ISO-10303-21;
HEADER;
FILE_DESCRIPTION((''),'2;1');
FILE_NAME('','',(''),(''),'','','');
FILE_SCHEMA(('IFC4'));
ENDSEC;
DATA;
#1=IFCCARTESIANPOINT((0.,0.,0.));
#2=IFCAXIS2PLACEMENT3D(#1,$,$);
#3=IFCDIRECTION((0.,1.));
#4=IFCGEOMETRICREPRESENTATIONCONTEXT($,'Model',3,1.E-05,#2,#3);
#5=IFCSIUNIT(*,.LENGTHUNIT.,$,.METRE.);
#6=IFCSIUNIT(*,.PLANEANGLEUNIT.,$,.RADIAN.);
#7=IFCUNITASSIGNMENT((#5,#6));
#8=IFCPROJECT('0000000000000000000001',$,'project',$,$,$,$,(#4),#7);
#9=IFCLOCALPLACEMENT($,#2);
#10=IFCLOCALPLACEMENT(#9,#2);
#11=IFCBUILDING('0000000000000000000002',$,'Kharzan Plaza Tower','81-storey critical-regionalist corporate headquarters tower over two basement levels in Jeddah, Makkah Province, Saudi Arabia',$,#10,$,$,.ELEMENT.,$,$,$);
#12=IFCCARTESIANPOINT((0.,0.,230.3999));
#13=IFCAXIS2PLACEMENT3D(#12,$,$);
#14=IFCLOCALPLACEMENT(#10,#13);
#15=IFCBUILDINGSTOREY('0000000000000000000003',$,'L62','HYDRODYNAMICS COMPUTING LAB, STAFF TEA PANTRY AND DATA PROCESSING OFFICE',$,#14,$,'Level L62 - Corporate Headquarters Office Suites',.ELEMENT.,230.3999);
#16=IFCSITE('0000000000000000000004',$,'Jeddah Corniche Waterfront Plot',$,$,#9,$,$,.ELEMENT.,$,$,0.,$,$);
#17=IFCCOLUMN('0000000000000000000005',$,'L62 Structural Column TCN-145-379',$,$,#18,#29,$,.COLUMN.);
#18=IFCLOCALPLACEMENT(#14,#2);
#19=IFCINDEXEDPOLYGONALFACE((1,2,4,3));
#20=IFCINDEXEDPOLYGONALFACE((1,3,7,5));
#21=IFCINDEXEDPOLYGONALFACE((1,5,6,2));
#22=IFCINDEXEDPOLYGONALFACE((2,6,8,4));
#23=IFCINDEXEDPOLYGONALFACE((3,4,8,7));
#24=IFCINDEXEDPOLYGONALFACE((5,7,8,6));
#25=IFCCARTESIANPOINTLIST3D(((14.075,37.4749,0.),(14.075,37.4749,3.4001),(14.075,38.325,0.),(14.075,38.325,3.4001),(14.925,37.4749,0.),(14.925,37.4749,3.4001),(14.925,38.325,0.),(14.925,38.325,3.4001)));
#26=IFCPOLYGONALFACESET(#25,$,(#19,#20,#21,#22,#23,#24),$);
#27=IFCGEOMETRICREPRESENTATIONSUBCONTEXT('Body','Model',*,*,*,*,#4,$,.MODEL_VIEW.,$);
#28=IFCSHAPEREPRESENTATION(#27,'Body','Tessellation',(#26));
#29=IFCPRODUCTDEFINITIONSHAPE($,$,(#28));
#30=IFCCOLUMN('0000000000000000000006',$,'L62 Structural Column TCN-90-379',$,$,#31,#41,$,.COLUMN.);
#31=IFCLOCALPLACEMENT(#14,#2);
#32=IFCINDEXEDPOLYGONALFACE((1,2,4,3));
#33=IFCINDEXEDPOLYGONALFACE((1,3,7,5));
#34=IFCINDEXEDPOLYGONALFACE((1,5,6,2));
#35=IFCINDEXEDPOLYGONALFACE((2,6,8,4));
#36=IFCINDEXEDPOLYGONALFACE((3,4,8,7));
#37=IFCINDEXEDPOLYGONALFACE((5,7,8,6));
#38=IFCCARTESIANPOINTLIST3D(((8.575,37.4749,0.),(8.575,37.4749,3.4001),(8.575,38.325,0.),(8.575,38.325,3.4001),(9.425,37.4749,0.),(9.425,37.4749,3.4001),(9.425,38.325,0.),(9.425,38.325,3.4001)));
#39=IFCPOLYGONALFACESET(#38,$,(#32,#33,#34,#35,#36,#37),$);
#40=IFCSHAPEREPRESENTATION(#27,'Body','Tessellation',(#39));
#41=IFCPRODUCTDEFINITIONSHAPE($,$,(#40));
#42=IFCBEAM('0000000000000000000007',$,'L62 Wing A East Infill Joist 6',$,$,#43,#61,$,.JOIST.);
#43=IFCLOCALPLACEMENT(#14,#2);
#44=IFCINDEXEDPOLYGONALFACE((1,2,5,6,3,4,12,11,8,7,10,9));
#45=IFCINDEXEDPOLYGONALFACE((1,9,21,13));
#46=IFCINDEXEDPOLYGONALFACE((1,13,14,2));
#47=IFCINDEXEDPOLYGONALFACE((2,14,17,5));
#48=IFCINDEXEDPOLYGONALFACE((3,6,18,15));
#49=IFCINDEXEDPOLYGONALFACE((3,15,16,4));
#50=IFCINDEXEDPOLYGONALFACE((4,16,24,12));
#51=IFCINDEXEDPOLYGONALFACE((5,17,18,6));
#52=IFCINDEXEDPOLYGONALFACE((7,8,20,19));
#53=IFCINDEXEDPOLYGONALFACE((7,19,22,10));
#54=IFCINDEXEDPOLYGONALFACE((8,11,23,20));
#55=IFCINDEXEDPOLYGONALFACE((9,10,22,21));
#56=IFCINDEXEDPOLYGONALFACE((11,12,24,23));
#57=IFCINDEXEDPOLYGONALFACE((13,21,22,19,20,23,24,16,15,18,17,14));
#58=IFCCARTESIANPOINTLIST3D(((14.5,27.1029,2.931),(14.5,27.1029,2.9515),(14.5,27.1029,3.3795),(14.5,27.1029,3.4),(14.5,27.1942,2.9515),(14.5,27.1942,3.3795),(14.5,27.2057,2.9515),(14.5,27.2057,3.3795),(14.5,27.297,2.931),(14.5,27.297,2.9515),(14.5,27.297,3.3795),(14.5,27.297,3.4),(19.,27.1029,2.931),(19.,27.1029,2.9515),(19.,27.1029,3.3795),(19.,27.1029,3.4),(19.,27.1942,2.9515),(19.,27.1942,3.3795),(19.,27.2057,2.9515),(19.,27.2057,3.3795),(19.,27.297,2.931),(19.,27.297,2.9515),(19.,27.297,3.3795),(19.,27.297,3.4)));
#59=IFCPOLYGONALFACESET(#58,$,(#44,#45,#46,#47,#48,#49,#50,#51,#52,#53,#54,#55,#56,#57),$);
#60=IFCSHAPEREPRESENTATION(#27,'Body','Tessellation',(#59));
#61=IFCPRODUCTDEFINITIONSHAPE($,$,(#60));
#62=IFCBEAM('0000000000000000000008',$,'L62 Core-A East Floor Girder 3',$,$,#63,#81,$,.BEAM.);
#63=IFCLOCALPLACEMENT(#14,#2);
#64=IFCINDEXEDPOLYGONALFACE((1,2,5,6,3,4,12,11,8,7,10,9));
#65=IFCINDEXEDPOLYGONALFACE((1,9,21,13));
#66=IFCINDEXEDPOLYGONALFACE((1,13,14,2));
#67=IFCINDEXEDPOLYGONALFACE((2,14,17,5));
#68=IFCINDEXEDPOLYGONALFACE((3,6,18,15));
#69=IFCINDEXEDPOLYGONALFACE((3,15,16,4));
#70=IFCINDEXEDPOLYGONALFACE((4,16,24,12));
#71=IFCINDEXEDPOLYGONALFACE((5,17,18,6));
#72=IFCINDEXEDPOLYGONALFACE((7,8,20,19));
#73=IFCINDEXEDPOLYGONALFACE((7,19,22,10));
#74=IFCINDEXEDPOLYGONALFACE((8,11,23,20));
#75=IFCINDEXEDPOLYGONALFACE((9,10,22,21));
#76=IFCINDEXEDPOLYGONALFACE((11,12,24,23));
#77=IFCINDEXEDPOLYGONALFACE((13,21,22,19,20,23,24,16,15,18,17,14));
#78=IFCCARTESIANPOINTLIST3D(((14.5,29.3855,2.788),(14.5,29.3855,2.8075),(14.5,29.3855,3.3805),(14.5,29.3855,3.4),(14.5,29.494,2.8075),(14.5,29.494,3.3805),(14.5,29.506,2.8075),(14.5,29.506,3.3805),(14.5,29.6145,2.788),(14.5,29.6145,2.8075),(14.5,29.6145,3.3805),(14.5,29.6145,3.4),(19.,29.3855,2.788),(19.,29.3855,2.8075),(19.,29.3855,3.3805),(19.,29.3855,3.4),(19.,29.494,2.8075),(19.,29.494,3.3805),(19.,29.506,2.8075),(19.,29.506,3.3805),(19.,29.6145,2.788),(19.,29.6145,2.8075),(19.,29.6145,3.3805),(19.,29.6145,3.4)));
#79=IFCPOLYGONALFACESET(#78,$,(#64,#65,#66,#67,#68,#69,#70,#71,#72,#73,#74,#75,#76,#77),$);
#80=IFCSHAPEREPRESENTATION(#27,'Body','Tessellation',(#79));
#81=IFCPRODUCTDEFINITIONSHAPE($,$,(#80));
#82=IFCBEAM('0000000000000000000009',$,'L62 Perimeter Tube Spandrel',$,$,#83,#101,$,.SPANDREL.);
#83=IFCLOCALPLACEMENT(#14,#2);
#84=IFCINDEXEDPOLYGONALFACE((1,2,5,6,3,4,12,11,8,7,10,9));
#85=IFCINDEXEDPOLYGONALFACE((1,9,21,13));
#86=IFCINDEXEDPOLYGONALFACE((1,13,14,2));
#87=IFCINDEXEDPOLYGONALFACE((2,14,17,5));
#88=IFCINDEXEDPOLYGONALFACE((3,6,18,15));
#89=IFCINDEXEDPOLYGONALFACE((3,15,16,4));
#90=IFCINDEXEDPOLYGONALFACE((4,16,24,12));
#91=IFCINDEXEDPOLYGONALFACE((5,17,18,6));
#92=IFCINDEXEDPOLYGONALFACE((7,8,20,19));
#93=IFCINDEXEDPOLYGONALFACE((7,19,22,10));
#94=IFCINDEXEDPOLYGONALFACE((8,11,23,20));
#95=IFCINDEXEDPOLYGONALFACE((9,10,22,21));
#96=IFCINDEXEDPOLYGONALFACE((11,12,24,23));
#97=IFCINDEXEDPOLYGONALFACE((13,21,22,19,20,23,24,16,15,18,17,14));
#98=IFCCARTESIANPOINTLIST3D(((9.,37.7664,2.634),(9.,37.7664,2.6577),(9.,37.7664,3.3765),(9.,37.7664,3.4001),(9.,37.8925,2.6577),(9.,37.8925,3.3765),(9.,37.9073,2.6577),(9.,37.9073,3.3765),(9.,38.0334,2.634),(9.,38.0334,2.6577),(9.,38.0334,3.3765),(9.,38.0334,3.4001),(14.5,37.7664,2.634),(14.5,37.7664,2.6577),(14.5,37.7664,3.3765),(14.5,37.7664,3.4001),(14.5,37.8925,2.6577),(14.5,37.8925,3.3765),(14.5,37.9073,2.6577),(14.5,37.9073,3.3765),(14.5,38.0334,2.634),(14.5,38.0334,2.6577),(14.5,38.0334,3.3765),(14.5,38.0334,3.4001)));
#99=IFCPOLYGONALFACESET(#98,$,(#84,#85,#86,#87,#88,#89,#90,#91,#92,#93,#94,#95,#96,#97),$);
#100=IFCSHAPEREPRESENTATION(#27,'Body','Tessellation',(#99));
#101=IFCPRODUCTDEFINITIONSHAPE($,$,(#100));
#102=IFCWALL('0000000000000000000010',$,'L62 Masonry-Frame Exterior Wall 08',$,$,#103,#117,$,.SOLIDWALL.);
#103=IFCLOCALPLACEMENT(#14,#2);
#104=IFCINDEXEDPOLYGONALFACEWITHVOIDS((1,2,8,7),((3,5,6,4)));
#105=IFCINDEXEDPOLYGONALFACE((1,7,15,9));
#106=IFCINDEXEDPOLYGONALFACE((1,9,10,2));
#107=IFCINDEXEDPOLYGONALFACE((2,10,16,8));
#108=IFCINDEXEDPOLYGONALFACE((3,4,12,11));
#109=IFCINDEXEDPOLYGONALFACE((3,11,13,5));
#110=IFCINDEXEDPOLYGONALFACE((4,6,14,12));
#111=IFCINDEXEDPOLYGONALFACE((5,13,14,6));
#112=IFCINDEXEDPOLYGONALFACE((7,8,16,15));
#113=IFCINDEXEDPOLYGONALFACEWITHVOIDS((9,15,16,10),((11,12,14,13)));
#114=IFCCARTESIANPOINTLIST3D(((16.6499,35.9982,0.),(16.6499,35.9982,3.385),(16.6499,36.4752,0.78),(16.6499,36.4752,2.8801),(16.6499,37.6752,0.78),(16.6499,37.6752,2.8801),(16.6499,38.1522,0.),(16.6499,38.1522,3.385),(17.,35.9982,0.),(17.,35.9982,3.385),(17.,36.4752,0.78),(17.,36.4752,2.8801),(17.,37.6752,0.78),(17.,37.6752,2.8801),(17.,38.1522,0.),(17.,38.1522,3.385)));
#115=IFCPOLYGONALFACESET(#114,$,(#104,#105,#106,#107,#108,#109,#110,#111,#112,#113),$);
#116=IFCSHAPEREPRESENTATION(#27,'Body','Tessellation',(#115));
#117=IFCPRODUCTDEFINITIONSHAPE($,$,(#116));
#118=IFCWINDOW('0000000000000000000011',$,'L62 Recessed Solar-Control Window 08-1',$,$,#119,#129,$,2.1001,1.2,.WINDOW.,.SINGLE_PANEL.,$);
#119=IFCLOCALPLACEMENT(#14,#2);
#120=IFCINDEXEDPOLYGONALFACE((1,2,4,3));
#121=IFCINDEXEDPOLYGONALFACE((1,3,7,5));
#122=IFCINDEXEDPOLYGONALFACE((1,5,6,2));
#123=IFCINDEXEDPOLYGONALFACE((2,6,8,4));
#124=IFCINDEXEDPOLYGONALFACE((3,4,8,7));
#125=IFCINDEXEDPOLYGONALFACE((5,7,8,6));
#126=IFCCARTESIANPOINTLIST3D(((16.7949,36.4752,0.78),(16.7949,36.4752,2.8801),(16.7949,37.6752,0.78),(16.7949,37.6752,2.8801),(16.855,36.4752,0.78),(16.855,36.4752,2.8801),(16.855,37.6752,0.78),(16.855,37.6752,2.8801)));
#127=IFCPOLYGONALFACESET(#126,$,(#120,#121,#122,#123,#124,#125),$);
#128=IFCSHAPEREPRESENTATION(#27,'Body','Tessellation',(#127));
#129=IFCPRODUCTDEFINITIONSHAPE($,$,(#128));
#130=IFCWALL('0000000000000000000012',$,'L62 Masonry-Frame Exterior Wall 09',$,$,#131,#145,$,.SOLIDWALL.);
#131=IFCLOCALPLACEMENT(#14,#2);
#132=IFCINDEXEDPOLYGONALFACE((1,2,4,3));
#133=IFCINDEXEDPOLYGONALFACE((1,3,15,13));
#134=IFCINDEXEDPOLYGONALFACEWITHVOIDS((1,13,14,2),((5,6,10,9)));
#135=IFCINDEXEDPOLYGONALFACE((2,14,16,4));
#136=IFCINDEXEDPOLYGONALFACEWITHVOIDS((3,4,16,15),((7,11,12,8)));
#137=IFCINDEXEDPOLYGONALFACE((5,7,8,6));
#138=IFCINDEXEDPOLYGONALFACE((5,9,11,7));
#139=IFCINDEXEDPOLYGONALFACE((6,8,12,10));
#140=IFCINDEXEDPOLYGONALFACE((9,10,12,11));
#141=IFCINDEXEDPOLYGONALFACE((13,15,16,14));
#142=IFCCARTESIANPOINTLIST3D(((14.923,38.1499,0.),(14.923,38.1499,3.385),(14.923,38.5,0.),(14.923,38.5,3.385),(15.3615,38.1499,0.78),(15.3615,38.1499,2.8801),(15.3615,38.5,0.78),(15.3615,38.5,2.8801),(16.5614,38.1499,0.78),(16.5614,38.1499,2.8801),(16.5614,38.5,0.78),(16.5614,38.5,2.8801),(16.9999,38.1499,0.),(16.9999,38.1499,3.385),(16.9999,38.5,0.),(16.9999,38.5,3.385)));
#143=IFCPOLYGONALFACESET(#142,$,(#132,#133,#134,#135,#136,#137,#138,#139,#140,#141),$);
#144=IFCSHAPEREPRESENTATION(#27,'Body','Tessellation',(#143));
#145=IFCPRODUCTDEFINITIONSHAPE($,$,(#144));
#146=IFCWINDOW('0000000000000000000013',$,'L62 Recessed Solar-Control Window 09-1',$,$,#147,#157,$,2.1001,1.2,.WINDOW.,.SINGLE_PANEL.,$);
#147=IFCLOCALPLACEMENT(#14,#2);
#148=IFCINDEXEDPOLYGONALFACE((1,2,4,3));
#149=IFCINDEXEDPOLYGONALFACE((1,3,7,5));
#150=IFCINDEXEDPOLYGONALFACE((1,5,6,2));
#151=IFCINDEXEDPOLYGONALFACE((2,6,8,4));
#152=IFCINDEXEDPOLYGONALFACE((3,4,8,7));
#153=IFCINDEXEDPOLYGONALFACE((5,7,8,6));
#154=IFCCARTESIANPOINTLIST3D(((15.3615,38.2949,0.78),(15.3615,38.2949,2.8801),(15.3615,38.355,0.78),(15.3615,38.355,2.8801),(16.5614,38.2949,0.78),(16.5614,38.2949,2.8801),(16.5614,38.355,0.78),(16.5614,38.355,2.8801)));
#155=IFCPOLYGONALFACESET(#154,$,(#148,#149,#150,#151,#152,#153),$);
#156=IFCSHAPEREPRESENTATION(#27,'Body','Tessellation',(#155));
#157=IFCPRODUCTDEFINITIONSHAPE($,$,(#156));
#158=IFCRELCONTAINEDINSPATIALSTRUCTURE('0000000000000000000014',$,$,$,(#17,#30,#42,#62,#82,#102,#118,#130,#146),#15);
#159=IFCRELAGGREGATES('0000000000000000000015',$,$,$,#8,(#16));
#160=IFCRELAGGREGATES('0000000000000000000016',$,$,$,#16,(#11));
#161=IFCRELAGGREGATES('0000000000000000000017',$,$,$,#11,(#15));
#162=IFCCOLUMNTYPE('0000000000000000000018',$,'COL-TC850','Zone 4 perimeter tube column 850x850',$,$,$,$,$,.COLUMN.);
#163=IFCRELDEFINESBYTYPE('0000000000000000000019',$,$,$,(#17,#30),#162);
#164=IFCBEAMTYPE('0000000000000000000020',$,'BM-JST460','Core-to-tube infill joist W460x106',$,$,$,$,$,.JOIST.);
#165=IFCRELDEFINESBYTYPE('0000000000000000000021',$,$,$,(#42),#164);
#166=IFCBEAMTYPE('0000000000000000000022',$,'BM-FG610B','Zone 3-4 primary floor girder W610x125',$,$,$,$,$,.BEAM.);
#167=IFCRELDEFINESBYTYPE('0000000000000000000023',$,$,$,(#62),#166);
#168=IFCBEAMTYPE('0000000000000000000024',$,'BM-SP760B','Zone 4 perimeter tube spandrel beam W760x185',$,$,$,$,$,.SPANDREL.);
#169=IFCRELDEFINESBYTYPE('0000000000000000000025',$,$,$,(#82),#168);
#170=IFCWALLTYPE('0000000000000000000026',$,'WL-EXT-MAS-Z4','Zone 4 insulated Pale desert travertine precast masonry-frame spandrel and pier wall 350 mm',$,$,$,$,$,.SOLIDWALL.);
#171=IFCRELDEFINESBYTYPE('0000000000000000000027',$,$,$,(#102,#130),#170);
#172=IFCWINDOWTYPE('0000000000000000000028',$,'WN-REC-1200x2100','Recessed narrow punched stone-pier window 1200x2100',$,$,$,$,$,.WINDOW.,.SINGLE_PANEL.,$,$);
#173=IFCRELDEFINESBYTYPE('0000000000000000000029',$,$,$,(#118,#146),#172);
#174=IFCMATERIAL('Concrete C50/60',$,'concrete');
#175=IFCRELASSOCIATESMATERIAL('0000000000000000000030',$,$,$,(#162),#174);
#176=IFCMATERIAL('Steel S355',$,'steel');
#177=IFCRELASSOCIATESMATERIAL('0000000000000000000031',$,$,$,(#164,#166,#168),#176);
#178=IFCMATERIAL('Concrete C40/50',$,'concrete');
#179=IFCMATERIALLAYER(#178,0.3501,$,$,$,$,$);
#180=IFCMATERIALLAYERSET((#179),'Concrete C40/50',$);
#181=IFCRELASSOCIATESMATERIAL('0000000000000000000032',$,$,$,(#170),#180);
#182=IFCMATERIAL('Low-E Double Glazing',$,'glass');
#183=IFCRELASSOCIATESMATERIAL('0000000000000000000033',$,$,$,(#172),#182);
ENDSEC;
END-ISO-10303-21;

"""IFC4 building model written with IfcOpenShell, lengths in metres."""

from ifc_helpers import new_model, si_unit, direction, frame, frame_2d, origin, origin_2d, place, context, subcontext, project, spatial, rectangle, i_section, extrude, source, transform, mapped, material, layer, layer_set, material_profile, profile_set, type_object, element, fill, save


model = new_model("IFC4")

# Units and contexts
model_context = context("Model", 3, precision=1e-05, world=origin(), true_north=direction((0.0, 1.0)))
body_context = subcontext(model_context, "Body", "Model", "MODEL_VIEW")
ifc_project = project(units=[si_unit("LENGTHUNIT", "METRE"), si_unit("PLANEANGLEUNIT", "RADIAN")], contexts=[model_context])

# Site, building, storey
site_placement = place(None, origin())
site = spatial("IfcSite", under=ifc_project, at=site_placement, Name="Jeddah Corniche Waterfront Plot", CompositionType="ELEMENT", RefElevation=0.0)
building_placement = place(site_placement, origin())
building = spatial("IfcBuilding", under=site, at=building_placement, Name="Kharzan Plaza Tower", Description="81-storey critical-regionalist corporate headquarters tower over two basement levels in Jeddah, Makkah Province, Saudi Arabia", CompositionType="ELEMENT")
storey_placement = place(building_placement, frame((0.0, 0.0, 230.3999)))
storey = spatial("IfcBuildingStorey", under=building, at=storey_placement, Name="L62", Description="HYDRODYNAMICS COMPUTING LAB, STAFF TEA PANTRY AND DATA PROCESSING OFFICE", LongName="Level L62 - Corporate Headquarters Office Suites", CompositionType="ELEMENT", Elevation=230.3999)

# Columns
ifc_material_1 = material(Name="Concrete C50/60", Category="concrete")
ifc_material_profile_1 = material_profile(ifc_material_1, rectangle(XDim=0.8501, YDim=0.8501, at=origin_2d()), Name="RC-TC850x850")
ifc_profile_set_1 = profile_set([ifc_material_profile_1], Name="Concrete C50/60")
column_type = type_object("IfcColumnType", Name="COL-TC850", Description="Zone 4 perimeter tube column 850x850", PredefinedType="COLUMN", material=ifc_profile_set_1)
shared_shape_1 = source(origin(), body_context, "Body", "SweptSolid", [
    extrude(rectangle(XDim=0.8501, YDim=0.8501, at=origin_2d()), origin(), (0.0, 0.0, 1.0), 3.4001),
])
for number, where, z_axis, x_axis, name in (
    (1, (14.5, 37.8999, 0.0), (0.0, 0.0, 1.0), (1.0, 0.0, 0.0), "L62 Structural Column TCN-145-379"),
    (2, (9.0, 37.8999, 0.0), (0.0, 0.0, 1.0), (1.0, 0.0, 0.0), "L62 Structural Column TCN-90-379"),
):
    element("IfcColumn", number, at=place(storey_placement, frame(where, z_axis=z_axis, x_axis=x_axis)), inside=storey, type_object=column_type, Name=name, PredefinedType="COLUMN", context=body_context, shape_type="MappedRepresentation", body=[
        mapped(shared_shape_1, transform((0.0, 0.0, 0.0), x_axis=(1.0, 0.0, 0.0), y_axis=(0.0, 1.0, 0.0), z_axis=(0.0, 0.0, 1.0))),
    ])

# Beams
ifc_material_2 = material(Name="Steel S355", Category="steel")
ifc_material_profile_2 = material_profile(ifc_material_2, i_section(OverallWidth=0.1941, OverallDepth=0.469, WebThickness=0.0115, FlangeThickness=0.0205, at=origin_2d()), Name="W460x106")
ifc_profile_set_2 = profile_set([ifc_material_profile_2], Name="Steel S355")
beam_type_1 = type_object("IfcBeamType", Name="BM-JST460", Description="Core-to-tube infill joist W460x106", PredefinedType="JOIST", material=ifc_profile_set_2)
shared_shape_2 = source(origin(), body_context, "Body", "SweptSolid", [
    extrude(i_section(OverallWidth=0.1941, OverallDepth=0.469, WebThickness=0.0115, FlangeThickness=0.0205, at=origin_2d()), origin(), (0.0, 0.0, 1.0), 4.5),
])
beam_1_placement = place(storey_placement, frame((14.5, 27.2, 3.1655), z_axis=(1.0, 0.0, 0.0), x_axis=(0.0, 1.0, 0.0)))
element("IfcBeam", 3, at=beam_1_placement, inside=storey, type_object=beam_type_1, Name="L62 Wing A East Infill Joist 6", PredefinedType="JOIST", context=body_context, shape_type="MappedRepresentation", body=[
    mapped(shared_shape_2, transform((0.0, 0.0, 0.0), x_axis=(1.0, 0.0, 0.0), y_axis=(0.0, 1.0, 0.0), z_axis=(0.0, 0.0, 1.0))),
])
ifc_material_profile_3 = material_profile(ifc_material_2, i_section(OverallWidth=0.229, OverallDepth=0.6121, WebThickness=0.012, FlangeThickness=0.0195, at=origin_2d()), Name="W610x125")
ifc_profile_set_3 = profile_set([ifc_material_profile_3], Name="Steel S355")
beam_type_2 = type_object("IfcBeamType", Name="BM-FG610B", Description="Zone 3-4 primary floor girder W610x125", PredefinedType="BEAM", material=ifc_profile_set_3)
shared_shape_3 = source(origin(), body_context, "Body", "SweptSolid", [
    extrude(i_section(OverallWidth=0.229, OverallDepth=0.6121, WebThickness=0.012, FlangeThickness=0.0195, at=origin_2d()), origin(), (0.0, 0.0, 1.0), 4.5),
])
beam_2_placement = place(storey_placement, frame((14.5, 29.5, 3.094), z_axis=(1.0, 0.0, 0.0), x_axis=(0.0, 1.0, 0.0)))
element("IfcBeam", 4, at=beam_2_placement, inside=storey, type_object=beam_type_2, Name="L62 Core-A East Floor Girder 3", PredefinedType="BEAM", context=body_context, shape_type="MappedRepresentation", body=[
    mapped(shared_shape_3, transform((0.0, 0.0, 0.0), x_axis=(1.0, 0.0, 0.0), y_axis=(0.0, 1.0, 0.0), z_axis=(0.0, 0.0, 1.0))),
])
ifc_material_profile_4 = material_profile(ifc_material_2, i_section(OverallWidth=0.2671, OverallDepth=0.7661, WebThickness=0.0149, FlangeThickness=0.0237, at=origin_2d()), Name="W760x185")
ifc_profile_set_4 = profile_set([ifc_material_profile_4], Name="Steel S355")
beam_type_3 = type_object("IfcBeamType", Name="BM-SP760B", Description="Zone 4 perimeter tube spandrel beam W760x185", PredefinedType="SPANDREL", material=ifc_profile_set_4)
shared_shape_4 = source(origin(), body_context, "Body", "SweptSolid", [
    extrude(i_section(OverallWidth=0.2671, OverallDepth=0.7661, WebThickness=0.0149, FlangeThickness=0.0237, at=origin_2d()), origin(), (0.0, 0.0, 1.0), 5.5),
])
beam_3_placement = place(storey_placement, frame((9.0, 37.8999, 3.0171), z_axis=(1.0, 0.0, 0.0), x_axis=(0.0, 1.0, 0.0)))
element("IfcBeam", 5, at=beam_3_placement, inside=storey, type_object=beam_type_3, Name="L62 Perimeter Tube Spandrel", PredefinedType="SPANDREL", context=body_context, shape_type="MappedRepresentation", body=[
    mapped(shared_shape_4, transform((0.0, 0.0, 0.0), x_axis=(1.0, 0.0, 0.0), y_axis=(0.0, 1.0, 0.0), z_axis=(0.0, 0.0, 1.0))),
])

# Walls, openings, windows
ifc_material_3 = material(Name="Concrete C40/50", Category="concrete")
ifc_layer_1 = layer(ifc_material_3, 0.3501)
ifc_layer_set_1 = layer_set([ifc_layer_1], Name="Concrete C40/50")
wall_type_1 = type_object("IfcWallType", Name="WL-EXT-MAS-Z4", Description="Zone 4 insulated Pale desert travertine precast masonry-frame spandrel and pier wall 350 mm", PredefinedType="SOLIDWALL", material=ifc_layer_set_1)
wall_1_placement = place(storey_placement, frame((16.825, 35.998, 0.0), z_axis=(0.0, 0.0, 1.0), x_axis=(0.0, 1.0, 0.0)))
wall_1 = element("IfcWall", 6, at=wall_1_placement, inside=storey, type_object=wall_type_1, Name="L62 Masonry-Frame Exterior Wall 08", PredefinedType="SOLIDWALL", context=body_context, shape_type="SweptSolid", body=[
    extrude(rectangle(XDim=2.1541, YDim=0.3501, at=frame_2d((1.0771, 0.0))), origin(), (0.0, 0.0, 1.0), 3.385),
])
opening_1_placement = place(wall_1_placement, frame((0.4771, 0.0, 0.78)))
opening_1 = element("IfcOpeningElement", 7, at=opening_1_placement, cuts=wall_1, PredefinedType="OPENING", context=body_context, shape_type="SweptSolid", body=[
    extrude(rectangle(XDim=1.2, YDim=2.1001, at=frame_2d((0.6001, 1.05))), frame((0.0, 0.1851, 0.0), z_axis=(0.0, -1.0, 0.0), x_axis=(1.0, 0.0, 0.0)), (0.0, 0.0, 1.0), 0.3701),
])
ifc_material_4 = material(Name="Low-E Double Glazing", Category="glass")
window_type_1 = type_object("IfcWindowType", Name="WN-REC-1200x2100", Description="Recessed narrow punched stone-pier window 1200x2100", PartitioningType="SINGLE_PANEL", PredefinedType="WINDOW", material=ifc_material_4)
shared_shape_5 = source(origin(), body_context, "Body", "SweptSolid", [
    extrude(rectangle(XDim=1.2, YDim=2.1001, at=frame_2d((0.6001, 1.05))), frame((0.0, 0.03, 0.0), z_axis=(0.0, -1.0, 0.0), x_axis=(1.0, 0.0, 0.0)), (0.0, 0.0, 1.0), 0.0601),
])
window_1_placement = place(opening_1_placement, origin())
window_1 = element("IfcWindow", 8, at=window_1_placement, inside=storey, type_object=window_type_1, Name="L62 Recessed Solar-Control Window 08-1", OverallHeight=2.1001, OverallWidth=1.2, PartitioningType="SINGLE_PANEL", PredefinedType="WINDOW", context=body_context, shape_type="MappedRepresentation", body=[
    mapped(shared_shape_5, transform((0.0, 0.0, 0.0), x_axis=(1.0, 0.0, 0.0), y_axis=(0.0, 1.0, 0.0), z_axis=(0.0, 0.0, 1.0))),
])
fill(opening_1, window_1)
wall_2_placement = place(storey_placement, frame((17.0, 38.325, 0.0), z_axis=(0.0, 0.0, 1.0), x_axis=(-1.0, 0.0, 0.0)))
wall_2 = element("IfcWall", 9, at=wall_2_placement, inside=storey, type_object=wall_type_1, Name="L62 Masonry-Frame Exterior Wall 09", PredefinedType="SOLIDWALL", context=body_context, shape_type="SweptSolid", body=[
    extrude(rectangle(XDim=2.0769, YDim=0.3501, at=frame_2d((1.0386, 0.0))), origin(), (0.0, 0.0, 1.0), 3.385),
])
opening_2_placement = place(wall_2_placement, frame((0.4385, 0.0, 0.78)))
opening_2 = element("IfcOpeningElement", 10, at=opening_2_placement, cuts=wall_2, PredefinedType="OPENING", context=body_context, shape_type="SweptSolid", body=[
    extrude(rectangle(XDim=1.2, YDim=2.1001, at=frame_2d((0.6001, 1.05))), frame((0.0, 0.1851, 0.0), z_axis=(0.0, -1.0, 0.0), x_axis=(1.0, 0.0, 0.0)), (0.0, 0.0, 1.0), 0.3701),
])
window_2_placement = place(opening_2_placement, origin())
window_2 = element("IfcWindow", 11, at=window_2_placement, inside=storey, type_object=window_type_1, Name="L62 Recessed Solar-Control Window 09-1", OverallHeight=2.1001, OverallWidth=1.2, PartitioningType="SINGLE_PANEL", PredefinedType="WINDOW", context=body_context, shape_type="MappedRepresentation", body=[
    mapped(shared_shape_5, transform((0.0, 0.0, 0.0), x_axis=(1.0, 0.0, 0.0), y_axis=(0.0, 1.0, 0.0), z_axis=(0.0, 0.0, 1.0))),
])
fill(opening_2, window_2)

save(model, "model.ifc")
